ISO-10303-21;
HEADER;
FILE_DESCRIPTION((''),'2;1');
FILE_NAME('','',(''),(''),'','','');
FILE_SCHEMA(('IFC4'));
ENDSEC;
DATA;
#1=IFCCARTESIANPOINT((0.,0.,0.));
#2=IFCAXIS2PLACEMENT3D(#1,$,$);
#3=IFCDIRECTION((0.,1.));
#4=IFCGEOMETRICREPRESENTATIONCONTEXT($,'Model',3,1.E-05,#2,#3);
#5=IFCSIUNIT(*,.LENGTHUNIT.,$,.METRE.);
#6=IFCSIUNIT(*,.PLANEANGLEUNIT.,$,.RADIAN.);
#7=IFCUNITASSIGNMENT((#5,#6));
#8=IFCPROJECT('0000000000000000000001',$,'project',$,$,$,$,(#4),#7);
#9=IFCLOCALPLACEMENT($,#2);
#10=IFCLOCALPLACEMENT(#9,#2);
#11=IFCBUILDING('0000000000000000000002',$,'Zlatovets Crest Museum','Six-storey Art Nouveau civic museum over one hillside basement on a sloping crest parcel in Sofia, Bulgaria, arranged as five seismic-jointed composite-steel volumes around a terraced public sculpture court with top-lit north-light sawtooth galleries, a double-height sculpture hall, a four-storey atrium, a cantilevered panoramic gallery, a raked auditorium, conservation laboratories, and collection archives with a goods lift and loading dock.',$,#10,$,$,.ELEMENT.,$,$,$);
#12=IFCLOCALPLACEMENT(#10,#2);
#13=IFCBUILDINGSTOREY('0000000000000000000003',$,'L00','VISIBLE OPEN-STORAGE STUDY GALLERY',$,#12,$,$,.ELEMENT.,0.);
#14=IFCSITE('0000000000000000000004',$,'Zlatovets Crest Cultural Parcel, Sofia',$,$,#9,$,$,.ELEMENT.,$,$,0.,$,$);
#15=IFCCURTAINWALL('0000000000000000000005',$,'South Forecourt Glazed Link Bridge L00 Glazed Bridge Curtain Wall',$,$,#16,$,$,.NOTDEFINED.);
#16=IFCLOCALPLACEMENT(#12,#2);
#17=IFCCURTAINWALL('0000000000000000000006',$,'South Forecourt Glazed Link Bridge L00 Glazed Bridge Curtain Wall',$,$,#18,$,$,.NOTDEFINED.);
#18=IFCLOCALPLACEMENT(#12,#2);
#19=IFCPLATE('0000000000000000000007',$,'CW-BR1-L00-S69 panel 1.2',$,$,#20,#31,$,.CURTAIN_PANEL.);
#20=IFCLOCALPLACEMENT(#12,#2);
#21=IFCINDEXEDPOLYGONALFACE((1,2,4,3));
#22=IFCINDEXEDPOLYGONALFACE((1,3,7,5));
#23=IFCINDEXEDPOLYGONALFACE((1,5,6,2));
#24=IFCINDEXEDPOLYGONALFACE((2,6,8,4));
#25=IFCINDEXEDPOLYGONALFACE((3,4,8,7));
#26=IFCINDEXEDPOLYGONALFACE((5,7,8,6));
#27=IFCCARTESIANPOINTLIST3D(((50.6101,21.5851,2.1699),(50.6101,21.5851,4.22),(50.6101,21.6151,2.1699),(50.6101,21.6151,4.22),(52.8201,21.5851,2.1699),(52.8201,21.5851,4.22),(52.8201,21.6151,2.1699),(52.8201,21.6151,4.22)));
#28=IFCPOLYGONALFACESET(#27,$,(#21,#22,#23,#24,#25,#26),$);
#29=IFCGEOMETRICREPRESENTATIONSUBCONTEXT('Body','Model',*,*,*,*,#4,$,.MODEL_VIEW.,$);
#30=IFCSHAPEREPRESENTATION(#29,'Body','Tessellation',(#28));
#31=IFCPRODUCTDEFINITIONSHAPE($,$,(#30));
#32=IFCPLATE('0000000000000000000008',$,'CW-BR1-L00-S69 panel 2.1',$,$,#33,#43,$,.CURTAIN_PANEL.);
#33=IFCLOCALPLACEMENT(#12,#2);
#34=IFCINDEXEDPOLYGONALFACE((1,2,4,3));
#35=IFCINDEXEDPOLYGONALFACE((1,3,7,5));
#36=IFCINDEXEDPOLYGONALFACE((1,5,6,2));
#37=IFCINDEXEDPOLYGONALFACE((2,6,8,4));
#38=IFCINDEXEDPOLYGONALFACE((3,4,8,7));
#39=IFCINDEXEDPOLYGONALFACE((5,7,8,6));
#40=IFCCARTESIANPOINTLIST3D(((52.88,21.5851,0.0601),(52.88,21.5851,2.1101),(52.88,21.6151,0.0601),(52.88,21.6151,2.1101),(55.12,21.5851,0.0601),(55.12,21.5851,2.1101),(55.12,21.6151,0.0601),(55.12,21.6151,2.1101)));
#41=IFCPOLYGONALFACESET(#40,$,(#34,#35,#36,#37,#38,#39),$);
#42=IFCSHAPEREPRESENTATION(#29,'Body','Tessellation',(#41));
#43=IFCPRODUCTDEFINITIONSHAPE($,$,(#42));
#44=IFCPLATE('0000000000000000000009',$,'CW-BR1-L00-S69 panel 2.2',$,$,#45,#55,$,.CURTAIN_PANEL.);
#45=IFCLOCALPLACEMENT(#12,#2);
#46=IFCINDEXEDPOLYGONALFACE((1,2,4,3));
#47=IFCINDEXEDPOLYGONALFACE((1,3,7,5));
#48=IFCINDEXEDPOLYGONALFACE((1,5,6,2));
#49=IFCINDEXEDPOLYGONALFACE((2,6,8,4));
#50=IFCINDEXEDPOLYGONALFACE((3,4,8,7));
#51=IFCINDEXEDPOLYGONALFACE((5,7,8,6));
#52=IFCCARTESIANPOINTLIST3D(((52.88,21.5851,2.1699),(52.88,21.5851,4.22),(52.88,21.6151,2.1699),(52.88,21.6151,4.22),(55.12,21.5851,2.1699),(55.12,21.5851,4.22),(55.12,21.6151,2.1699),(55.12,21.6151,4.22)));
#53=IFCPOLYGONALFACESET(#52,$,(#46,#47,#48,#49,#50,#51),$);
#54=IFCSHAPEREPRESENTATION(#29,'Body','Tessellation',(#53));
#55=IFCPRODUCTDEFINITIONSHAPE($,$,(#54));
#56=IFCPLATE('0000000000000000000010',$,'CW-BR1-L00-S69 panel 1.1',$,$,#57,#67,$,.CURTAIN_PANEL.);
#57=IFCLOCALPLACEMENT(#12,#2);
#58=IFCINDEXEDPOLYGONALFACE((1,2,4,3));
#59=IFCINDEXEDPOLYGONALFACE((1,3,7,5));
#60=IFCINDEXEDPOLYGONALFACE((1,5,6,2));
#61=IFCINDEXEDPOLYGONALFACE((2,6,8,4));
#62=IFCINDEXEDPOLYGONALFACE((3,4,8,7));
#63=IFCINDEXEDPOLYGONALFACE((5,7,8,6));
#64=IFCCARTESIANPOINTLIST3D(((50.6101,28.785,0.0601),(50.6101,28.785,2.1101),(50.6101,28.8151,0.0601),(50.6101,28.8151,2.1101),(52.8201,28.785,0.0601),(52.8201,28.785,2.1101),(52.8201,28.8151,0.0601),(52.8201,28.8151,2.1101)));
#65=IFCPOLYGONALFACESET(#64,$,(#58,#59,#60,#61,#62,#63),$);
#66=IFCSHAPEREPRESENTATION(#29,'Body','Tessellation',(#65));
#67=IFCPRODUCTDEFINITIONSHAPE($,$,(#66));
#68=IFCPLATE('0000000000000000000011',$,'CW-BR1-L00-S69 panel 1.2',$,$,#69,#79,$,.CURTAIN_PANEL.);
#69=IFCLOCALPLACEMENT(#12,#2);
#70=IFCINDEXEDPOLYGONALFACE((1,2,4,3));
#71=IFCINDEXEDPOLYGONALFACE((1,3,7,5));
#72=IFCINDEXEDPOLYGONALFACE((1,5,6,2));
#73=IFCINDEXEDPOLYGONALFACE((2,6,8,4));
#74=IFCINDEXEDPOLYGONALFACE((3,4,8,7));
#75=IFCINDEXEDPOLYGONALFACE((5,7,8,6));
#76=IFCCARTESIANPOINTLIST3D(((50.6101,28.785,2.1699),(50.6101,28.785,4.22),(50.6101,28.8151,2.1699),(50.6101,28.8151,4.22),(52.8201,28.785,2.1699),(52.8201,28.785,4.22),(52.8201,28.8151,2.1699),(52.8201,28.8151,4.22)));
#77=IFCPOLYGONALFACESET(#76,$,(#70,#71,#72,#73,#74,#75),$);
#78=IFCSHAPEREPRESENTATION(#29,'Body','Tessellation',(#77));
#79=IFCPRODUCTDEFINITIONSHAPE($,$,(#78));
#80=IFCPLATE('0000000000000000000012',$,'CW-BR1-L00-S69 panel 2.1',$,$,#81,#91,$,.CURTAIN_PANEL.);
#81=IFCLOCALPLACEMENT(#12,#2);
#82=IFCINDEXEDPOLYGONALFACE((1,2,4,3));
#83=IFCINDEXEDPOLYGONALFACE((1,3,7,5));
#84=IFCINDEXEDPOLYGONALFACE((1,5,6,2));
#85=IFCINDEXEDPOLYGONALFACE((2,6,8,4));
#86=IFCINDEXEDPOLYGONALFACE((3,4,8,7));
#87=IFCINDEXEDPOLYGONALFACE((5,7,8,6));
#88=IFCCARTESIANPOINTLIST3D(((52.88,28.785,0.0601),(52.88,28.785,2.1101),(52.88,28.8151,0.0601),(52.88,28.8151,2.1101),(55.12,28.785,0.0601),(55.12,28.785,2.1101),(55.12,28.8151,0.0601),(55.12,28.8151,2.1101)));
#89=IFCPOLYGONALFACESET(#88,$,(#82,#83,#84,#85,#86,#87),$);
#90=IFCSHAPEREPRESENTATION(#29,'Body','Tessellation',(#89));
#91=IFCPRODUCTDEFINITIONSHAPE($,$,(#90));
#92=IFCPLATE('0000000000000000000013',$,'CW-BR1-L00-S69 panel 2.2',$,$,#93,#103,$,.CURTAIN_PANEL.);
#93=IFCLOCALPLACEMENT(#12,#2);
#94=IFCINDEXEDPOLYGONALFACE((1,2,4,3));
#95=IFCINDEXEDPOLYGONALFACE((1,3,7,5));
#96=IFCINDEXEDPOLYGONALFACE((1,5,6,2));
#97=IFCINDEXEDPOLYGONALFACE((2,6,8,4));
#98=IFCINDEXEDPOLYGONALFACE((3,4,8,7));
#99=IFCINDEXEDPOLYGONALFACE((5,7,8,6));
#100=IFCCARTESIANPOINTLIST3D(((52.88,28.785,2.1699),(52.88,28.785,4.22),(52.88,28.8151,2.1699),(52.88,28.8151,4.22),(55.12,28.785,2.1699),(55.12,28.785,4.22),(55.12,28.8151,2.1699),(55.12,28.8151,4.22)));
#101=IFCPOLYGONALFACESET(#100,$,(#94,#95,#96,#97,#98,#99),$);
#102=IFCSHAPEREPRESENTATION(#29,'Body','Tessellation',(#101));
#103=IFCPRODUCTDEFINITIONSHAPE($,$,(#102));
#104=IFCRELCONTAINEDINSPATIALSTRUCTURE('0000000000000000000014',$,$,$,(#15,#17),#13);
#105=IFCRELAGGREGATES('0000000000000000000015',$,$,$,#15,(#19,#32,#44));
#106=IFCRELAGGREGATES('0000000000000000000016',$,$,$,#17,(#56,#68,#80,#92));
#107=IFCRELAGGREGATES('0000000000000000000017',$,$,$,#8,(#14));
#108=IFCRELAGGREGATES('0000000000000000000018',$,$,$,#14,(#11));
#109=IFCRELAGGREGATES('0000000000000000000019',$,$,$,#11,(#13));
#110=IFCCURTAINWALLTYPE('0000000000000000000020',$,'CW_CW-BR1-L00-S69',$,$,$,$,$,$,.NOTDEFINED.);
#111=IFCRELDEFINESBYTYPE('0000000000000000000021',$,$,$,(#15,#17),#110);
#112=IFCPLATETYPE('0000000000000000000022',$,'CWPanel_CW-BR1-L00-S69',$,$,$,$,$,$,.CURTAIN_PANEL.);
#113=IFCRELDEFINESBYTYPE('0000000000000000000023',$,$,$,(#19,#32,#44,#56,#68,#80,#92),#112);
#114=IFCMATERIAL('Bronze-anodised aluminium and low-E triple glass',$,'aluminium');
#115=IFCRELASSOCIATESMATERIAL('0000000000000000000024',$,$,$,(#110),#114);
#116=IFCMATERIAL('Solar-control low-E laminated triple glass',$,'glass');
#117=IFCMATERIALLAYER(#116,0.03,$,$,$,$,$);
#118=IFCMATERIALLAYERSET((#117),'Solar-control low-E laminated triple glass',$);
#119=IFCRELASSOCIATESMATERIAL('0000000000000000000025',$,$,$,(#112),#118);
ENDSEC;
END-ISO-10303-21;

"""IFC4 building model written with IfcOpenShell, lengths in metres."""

from ifc_helpers import new_model, si_unit, direction, frame, origin, origin_2d, place, context, subcontext, project, spatial, rectangle, extrude, material, layer, layer_set, type_object, element, aggregate, save


model = new_model("IFC4")

# Units and contexts
model_context = context("Model", 3, precision=1e-05, world=origin(), true_north=direction((0.0, 1.0)))
body_context = subcontext(model_context, "Body", "Model", "MODEL_VIEW")
ifc_project = project(units=[si_unit("LENGTHUNIT", "METRE"), si_unit("PLANEANGLEUNIT", "RADIAN")], contexts=[model_context])

# Site, building, storey
site_placement = place(None, origin())
site = spatial("IfcSite", under=ifc_project, at=site_placement, Name="Zlatovets Crest Cultural Parcel, Sofia", CompositionType="ELEMENT", RefElevation=0.0)
building_placement = place(site_placement, origin())
building = spatial("IfcBuilding", under=site, at=building_placement, Name="Zlatovets Crest Museum", Description="Six-storey Art Nouveau civic museum over one hillside basement on a sloping crest parcel in Sofia, Bulgaria, arranged as five seismic-jointed composite-steel volumes around a terraced public sculpture court with top-lit north-light sawtooth galleries, a double-height sculpture hall, a four-storey atrium, a cantilevered panoramic gallery, a raked auditorium, conservation laboratories, and collection archives with a goods lift and loading dock.", CompositionType="ELEMENT")
storey_placement = place(building_placement, origin())
storey = spatial("IfcBuildingStorey", under=building, at=storey_placement, Name="L00", Description="VISIBLE OPEN-STORAGE STUDY GALLERY", CompositionType="ELEMENT", Elevation=0.0)

# Curtain walls
ifc_material_1 = material(Name="Bronze-anodised aluminium and low-E triple glass", Category="aluminium")
curtain_wall_type = type_object("IfcCurtainWallType", Name="CW_CW-BR1-L00-S69", PredefinedType="NOTDEFINED", material=ifc_material_1)
curtain_wall_1_placement = place(storey_placement, origin())
curtain_wall_1 = element("IfcCurtainWall", 1, at=curtain_wall_1_placement, inside=storey, type_object=curtain_wall_type, Name="South Forecourt Glazed Link Bridge L00 Glazed Bridge Curtain Wall", PredefinedType="NOTDEFINED")
curtain_wall_2_placement = place(storey_placement, origin())
curtain_wall_2 = element("IfcCurtainWall", 2, at=curtain_wall_2_placement, inside=storey, type_object=curtain_wall_type, Name="South Forecourt Glazed Link Bridge L00 Glazed Bridge Curtain Wall", PredefinedType="NOTDEFINED")

# Plates
ifc_material_2 = material(Name="Solar-control low-E laminated triple glass", Category="glass")
ifc_layer = layer(ifc_material_2, 0.03)
ifc_layer_set = layer_set([ifc_layer], Name="Solar-control low-E laminated triple glass")
plate_type = type_object("IfcPlateType", Name="CWPanel_CW-BR1-L00-S69", PredefinedType="CURTAIN_PANEL", material=ifc_layer_set)
plate_1_placement = place(storey_placement, frame((51.7151, 21.6001, 2.1699), z_axis=(0.0, 0.0, 1.0), x_axis=(1.0, 0.0, 0.0)))
plate_1 = element("IfcPlate", 3, at=plate_1_placement, type_object=plate_type, Name="CW-BR1-L00-S69 panel 1.2", PredefinedType="CURTAIN_PANEL", context=body_context, shape_type="SweptSolid", body=[
    extrude(rectangle(XDim=2.21, YDim=0.03, at=origin_2d()), origin(), (0.0, 0.0, 1.0), 2.05),
])
plate_2_placement = place(storey_placement, frame((54.0, 21.6001, 0.0601), z_axis=(0.0, 0.0, 1.0), x_axis=(1.0, 0.0, 0.0)))
plate_2 = element("IfcPlate", 4, at=plate_2_placement, type_object=plate_type, Name="CW-BR1-L00-S69 panel 2.1", PredefinedType="CURTAIN_PANEL", context=body_context, shape_type="SweptSolid", body=[
    extrude(rectangle(XDim=2.24, YDim=0.03, at=origin_2d()), origin(), (0.0, 0.0, 1.0), 2.05),
])
plate_3_placement = place(storey_placement, frame((54.0, 21.6001, 2.1699), z_axis=(0.0, 0.0, 1.0), x_axis=(1.0, 0.0, 0.0)))
plate_3 = element("IfcPlate", 5, at=plate_3_placement, type_object=plate_type, Name="CW-BR1-L00-S69 panel 2.2", PredefinedType="CURTAIN_PANEL", context=body_context, shape_type="SweptSolid", body=[
    extrude(rectangle(XDim=2.24, YDim=0.03, at=origin_2d()), origin(), (0.0, 0.0, 1.0), 2.05),
])
aggregate(curtain_wall_1, [plate_1, plate_2, plate_3])
plate_4_placement = place(storey_placement, frame((51.7151, 28.8, 0.0601), z_axis=(0.0, 0.0, 1.0), x_axis=(1.0, 0.0, 0.0)))
plate_4 = element("IfcPlate", 6, at=plate_4_placement, type_object=plate_type, Name="CW-BR1-L00-S69 panel 1.1", PredefinedType="CURTAIN_PANEL", context=body_context, shape_type="SweptSolid", body=[
    extrude(rectangle(XDim=2.21, YDim=0.03, at=origin_2d()), origin(), (0.0, 0.0, 1.0), 2.05),
])
plate_5_placement = place(storey_placement, frame((51.7151, 28.8, 2.1699), z_axis=(0.0, 0.0, 1.0), x_axis=(1.0, 0.0, 0.0)))
plate_5 = element("IfcPlate", 7, at=plate_5_placement, type_object=plate_type, Name="CW-BR1-L00-S69 panel 1.2", PredefinedType="CURTAIN_PANEL", context=body_context, shape_type="SweptSolid", body=[
    extrude(rectangle(XDim=2.21, YDim=0.03, at=origin_2d()), origin(), (0.0, 0.0, 1.0), 2.05),
])
plate_6_placement = place(storey_placement, frame((54.0, 28.8, 0.0601), z_axis=(0.0, 0.0, 1.0), x_axis=(1.0, 0.0, 0.0)))
plate_6 = element("IfcPlate", 8, at=plate_6_placement, type_object=plate_type, Name="CW-BR1-L00-S69 panel 2.1", PredefinedType="CURTAIN_PANEL", context=body_context, shape_type="SweptSolid", body=[
    extrude(rectangle(XDim=2.24, YDim=0.03, at=origin_2d()), origin(), (0.0, 0.0, 1.0), 2.05),
])
plate_7_placement = place(storey_placement, frame((54.0, 28.8, 2.1699), z_axis=(0.0, 0.0, 1.0), x_axis=(1.0, 0.0, 0.0)))
plate_7 = element("IfcPlate", 9, at=plate_7_placement, type_object=plate_type, Name="CW-BR1-L00-S69 panel 2.2", PredefinedType="CURTAIN_PANEL", context=body_context, shape_type="SweptSolid", body=[
    extrude(rectangle(XDim=2.24, YDim=0.03, at=origin_2d()), origin(), (0.0, 0.0, 1.0), 2.05),
])
aggregate(curtain_wall_2, [plate_4, plate_5, plate_6, plate_7])

save(model, "model.ifc")
